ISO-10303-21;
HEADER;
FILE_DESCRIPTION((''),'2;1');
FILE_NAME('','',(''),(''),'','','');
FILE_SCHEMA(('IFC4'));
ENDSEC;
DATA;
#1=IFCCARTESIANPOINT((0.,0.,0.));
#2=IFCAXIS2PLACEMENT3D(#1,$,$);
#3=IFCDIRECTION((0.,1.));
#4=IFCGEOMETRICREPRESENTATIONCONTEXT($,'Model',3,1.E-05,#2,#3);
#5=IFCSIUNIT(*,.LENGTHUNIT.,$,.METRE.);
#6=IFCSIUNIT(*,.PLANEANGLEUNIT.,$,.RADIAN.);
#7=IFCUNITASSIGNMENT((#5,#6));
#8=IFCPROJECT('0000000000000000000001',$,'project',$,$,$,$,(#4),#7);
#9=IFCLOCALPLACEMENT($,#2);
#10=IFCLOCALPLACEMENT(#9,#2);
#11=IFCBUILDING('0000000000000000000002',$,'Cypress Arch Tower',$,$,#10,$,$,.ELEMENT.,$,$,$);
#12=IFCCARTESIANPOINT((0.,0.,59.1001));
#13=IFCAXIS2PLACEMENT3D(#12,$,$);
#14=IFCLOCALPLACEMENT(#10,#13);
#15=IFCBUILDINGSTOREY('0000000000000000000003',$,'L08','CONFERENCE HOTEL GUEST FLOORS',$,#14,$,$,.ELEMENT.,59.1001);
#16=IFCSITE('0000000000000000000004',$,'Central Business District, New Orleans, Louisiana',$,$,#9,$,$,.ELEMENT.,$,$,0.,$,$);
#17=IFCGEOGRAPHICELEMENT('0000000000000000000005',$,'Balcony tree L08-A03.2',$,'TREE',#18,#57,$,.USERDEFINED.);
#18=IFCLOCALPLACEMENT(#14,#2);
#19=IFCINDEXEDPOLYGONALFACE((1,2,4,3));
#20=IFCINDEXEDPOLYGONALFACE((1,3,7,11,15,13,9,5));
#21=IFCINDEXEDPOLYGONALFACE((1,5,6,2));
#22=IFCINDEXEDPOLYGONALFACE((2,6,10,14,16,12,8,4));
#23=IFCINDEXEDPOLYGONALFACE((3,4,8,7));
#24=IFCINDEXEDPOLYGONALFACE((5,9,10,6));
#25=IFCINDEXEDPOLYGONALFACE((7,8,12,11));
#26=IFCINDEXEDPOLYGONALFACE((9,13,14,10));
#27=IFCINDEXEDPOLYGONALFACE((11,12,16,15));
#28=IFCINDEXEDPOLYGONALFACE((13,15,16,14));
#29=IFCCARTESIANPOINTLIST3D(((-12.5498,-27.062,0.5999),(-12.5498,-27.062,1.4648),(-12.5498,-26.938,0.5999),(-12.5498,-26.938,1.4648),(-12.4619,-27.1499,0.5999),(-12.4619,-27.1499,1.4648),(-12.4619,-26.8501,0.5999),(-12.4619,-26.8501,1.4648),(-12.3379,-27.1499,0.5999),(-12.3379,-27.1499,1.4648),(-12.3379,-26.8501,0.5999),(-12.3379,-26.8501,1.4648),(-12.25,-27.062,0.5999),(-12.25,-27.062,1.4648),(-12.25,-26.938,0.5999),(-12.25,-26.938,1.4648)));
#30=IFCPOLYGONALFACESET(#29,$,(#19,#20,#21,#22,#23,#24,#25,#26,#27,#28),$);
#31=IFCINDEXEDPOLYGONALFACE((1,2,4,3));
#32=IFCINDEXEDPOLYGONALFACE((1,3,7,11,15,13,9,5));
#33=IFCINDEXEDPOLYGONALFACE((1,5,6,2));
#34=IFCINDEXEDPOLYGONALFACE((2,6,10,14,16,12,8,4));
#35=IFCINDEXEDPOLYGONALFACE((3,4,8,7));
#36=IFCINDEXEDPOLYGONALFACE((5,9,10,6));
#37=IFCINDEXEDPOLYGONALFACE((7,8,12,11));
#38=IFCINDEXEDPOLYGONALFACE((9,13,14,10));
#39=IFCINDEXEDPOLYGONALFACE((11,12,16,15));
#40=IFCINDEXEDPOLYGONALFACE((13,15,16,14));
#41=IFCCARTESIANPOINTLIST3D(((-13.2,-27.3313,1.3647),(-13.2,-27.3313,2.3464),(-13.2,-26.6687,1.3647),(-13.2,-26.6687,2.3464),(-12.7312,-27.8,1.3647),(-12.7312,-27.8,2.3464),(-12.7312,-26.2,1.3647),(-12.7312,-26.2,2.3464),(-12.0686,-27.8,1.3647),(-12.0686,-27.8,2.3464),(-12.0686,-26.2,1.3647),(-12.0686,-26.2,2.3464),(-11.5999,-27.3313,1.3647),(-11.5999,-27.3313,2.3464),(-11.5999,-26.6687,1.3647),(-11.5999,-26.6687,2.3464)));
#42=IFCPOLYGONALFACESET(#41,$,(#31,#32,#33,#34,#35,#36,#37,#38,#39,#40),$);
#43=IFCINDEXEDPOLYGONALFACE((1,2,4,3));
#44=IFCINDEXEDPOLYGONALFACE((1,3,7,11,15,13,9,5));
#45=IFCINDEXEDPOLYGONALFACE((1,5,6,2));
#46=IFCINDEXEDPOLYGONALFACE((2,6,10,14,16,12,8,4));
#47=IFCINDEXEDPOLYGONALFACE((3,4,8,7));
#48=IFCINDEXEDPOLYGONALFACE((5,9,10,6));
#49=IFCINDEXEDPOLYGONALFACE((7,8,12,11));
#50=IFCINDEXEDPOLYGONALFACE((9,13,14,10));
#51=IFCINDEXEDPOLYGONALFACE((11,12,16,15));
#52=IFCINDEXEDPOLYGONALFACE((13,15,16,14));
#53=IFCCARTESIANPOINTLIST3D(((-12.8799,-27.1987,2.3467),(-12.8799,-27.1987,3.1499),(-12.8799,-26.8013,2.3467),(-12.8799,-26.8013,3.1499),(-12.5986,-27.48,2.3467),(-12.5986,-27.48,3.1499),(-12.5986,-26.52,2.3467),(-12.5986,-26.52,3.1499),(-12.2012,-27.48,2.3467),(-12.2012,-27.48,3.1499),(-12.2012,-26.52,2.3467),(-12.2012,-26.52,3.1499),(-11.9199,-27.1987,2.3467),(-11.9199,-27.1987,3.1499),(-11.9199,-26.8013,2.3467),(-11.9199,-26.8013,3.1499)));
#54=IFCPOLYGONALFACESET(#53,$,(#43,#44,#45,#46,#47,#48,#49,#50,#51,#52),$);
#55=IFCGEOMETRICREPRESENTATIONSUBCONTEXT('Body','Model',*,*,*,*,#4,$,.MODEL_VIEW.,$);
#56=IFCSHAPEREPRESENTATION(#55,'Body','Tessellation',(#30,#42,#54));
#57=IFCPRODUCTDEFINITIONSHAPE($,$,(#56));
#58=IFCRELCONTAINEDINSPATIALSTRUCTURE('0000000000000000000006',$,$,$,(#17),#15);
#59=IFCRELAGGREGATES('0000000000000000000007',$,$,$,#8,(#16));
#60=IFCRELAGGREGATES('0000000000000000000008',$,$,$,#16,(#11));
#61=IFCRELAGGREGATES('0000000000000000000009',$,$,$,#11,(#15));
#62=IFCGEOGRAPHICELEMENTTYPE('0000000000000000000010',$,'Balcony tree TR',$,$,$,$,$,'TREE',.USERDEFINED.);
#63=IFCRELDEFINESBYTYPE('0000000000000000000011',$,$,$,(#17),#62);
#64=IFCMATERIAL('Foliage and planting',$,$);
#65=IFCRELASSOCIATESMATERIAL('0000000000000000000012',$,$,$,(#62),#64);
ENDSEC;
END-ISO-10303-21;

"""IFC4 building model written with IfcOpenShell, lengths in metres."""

from ifc_helpers import new_model, si_unit, direction, frame, origin, place, context, subcontext, project, spatial, polyline, outline, extrude, material, type_object, element, save


model = new_model("IFC4")

# Units and contexts
model_context = context("Model", 3, precision=1e-05, world=origin(), true_north=direction((0.0, 1.0)))
body_context = subcontext(model_context, "Body", "Model", "MODEL_VIEW")
ifc_project = project(units=[si_unit("LENGTHUNIT", "METRE"), si_unit("PLANEANGLEUNIT", "RADIAN")], contexts=[model_context])

# Site, building, storey
site_placement = place(None, origin())
site = spatial("IfcSite", under=ifc_project, at=site_placement, Name="Central Business District, New Orleans, Louisiana", CompositionType="ELEMENT", RefElevation=0.0)
building_placement = place(site_placement, origin())
building = spatial("IfcBuilding", under=site, at=building_placement, Name="Cypress Arch Tower", CompositionType="ELEMENT")
storey_placement = place(building_placement, frame((0.0, 0.0, 59.1001)))
storey = spatial("IfcBuildingStorey", under=building, at=storey_placement, Name="L08", Description="CONFERENCE HOTEL GUEST FLOORS", CompositionType="ELEMENT", Elevation=59.1001)

# Geographic element
ifc_material_1 = material(Name="Foliage and planting")
geographic_element_type = type_object("IfcGeographicElementType", Name="Balcony tree TR", ElementType="TREE", PredefinedType="USERDEFINED", material=ifc_material_1)
geographic_element_placement = place(storey_placement, frame((-12.3999, -27.0, 0.5999), z_axis=(0.0, 0.0, 1.0), x_axis=(1.0, 0.0, 0.0)))
element("IfcGeographicElement", 1, at=geographic_element_placement, inside=storey, type_object=geographic_element_type, Name="Balcony tree L08-A03.2", ObjectType="TREE", PredefinedType="USERDEFINED", context=body_context, shape_type="SweptSolid", body=[
    extrude(outline(polyline([(0.1499, 0.062), (0.062, 0.1499), (-0.062, 0.1499), (-0.1499, 0.062), (-0.1499, -0.062), (-0.062, -0.1499), (0.062, -0.1499), (0.1499, -0.062), (0.1499, 0.062)])), origin(), (0.0, 0.0, 1.0), 0.865),
    extrude(outline(polyline([(0.8, 0.3313), (0.3313, 0.8), (-0.3313, 0.8), (-0.8, 0.3313), (-0.8, -0.3313), (-0.3313, -0.8), (0.3313, -0.8), (0.8, -0.3313), (0.8, 0.3313)])), frame((0.0, 0.0, 0.7649)), (0.0, 0.0, 1.0), 0.9817),
    extrude(outline(polyline([(0.48, 0.1987), (0.1987, 0.48), (-0.1987, 0.48), (-0.48, 0.1987), (-0.48, -0.1987), (-0.1987, -0.48), (0.1987, -0.48), (0.48, -0.1987), (0.48, 0.1987)])), frame((0.0, 0.0, 1.7468)), (0.0, 0.0, 1.0), 0.8032),
])

save(model, "model.ifc")
